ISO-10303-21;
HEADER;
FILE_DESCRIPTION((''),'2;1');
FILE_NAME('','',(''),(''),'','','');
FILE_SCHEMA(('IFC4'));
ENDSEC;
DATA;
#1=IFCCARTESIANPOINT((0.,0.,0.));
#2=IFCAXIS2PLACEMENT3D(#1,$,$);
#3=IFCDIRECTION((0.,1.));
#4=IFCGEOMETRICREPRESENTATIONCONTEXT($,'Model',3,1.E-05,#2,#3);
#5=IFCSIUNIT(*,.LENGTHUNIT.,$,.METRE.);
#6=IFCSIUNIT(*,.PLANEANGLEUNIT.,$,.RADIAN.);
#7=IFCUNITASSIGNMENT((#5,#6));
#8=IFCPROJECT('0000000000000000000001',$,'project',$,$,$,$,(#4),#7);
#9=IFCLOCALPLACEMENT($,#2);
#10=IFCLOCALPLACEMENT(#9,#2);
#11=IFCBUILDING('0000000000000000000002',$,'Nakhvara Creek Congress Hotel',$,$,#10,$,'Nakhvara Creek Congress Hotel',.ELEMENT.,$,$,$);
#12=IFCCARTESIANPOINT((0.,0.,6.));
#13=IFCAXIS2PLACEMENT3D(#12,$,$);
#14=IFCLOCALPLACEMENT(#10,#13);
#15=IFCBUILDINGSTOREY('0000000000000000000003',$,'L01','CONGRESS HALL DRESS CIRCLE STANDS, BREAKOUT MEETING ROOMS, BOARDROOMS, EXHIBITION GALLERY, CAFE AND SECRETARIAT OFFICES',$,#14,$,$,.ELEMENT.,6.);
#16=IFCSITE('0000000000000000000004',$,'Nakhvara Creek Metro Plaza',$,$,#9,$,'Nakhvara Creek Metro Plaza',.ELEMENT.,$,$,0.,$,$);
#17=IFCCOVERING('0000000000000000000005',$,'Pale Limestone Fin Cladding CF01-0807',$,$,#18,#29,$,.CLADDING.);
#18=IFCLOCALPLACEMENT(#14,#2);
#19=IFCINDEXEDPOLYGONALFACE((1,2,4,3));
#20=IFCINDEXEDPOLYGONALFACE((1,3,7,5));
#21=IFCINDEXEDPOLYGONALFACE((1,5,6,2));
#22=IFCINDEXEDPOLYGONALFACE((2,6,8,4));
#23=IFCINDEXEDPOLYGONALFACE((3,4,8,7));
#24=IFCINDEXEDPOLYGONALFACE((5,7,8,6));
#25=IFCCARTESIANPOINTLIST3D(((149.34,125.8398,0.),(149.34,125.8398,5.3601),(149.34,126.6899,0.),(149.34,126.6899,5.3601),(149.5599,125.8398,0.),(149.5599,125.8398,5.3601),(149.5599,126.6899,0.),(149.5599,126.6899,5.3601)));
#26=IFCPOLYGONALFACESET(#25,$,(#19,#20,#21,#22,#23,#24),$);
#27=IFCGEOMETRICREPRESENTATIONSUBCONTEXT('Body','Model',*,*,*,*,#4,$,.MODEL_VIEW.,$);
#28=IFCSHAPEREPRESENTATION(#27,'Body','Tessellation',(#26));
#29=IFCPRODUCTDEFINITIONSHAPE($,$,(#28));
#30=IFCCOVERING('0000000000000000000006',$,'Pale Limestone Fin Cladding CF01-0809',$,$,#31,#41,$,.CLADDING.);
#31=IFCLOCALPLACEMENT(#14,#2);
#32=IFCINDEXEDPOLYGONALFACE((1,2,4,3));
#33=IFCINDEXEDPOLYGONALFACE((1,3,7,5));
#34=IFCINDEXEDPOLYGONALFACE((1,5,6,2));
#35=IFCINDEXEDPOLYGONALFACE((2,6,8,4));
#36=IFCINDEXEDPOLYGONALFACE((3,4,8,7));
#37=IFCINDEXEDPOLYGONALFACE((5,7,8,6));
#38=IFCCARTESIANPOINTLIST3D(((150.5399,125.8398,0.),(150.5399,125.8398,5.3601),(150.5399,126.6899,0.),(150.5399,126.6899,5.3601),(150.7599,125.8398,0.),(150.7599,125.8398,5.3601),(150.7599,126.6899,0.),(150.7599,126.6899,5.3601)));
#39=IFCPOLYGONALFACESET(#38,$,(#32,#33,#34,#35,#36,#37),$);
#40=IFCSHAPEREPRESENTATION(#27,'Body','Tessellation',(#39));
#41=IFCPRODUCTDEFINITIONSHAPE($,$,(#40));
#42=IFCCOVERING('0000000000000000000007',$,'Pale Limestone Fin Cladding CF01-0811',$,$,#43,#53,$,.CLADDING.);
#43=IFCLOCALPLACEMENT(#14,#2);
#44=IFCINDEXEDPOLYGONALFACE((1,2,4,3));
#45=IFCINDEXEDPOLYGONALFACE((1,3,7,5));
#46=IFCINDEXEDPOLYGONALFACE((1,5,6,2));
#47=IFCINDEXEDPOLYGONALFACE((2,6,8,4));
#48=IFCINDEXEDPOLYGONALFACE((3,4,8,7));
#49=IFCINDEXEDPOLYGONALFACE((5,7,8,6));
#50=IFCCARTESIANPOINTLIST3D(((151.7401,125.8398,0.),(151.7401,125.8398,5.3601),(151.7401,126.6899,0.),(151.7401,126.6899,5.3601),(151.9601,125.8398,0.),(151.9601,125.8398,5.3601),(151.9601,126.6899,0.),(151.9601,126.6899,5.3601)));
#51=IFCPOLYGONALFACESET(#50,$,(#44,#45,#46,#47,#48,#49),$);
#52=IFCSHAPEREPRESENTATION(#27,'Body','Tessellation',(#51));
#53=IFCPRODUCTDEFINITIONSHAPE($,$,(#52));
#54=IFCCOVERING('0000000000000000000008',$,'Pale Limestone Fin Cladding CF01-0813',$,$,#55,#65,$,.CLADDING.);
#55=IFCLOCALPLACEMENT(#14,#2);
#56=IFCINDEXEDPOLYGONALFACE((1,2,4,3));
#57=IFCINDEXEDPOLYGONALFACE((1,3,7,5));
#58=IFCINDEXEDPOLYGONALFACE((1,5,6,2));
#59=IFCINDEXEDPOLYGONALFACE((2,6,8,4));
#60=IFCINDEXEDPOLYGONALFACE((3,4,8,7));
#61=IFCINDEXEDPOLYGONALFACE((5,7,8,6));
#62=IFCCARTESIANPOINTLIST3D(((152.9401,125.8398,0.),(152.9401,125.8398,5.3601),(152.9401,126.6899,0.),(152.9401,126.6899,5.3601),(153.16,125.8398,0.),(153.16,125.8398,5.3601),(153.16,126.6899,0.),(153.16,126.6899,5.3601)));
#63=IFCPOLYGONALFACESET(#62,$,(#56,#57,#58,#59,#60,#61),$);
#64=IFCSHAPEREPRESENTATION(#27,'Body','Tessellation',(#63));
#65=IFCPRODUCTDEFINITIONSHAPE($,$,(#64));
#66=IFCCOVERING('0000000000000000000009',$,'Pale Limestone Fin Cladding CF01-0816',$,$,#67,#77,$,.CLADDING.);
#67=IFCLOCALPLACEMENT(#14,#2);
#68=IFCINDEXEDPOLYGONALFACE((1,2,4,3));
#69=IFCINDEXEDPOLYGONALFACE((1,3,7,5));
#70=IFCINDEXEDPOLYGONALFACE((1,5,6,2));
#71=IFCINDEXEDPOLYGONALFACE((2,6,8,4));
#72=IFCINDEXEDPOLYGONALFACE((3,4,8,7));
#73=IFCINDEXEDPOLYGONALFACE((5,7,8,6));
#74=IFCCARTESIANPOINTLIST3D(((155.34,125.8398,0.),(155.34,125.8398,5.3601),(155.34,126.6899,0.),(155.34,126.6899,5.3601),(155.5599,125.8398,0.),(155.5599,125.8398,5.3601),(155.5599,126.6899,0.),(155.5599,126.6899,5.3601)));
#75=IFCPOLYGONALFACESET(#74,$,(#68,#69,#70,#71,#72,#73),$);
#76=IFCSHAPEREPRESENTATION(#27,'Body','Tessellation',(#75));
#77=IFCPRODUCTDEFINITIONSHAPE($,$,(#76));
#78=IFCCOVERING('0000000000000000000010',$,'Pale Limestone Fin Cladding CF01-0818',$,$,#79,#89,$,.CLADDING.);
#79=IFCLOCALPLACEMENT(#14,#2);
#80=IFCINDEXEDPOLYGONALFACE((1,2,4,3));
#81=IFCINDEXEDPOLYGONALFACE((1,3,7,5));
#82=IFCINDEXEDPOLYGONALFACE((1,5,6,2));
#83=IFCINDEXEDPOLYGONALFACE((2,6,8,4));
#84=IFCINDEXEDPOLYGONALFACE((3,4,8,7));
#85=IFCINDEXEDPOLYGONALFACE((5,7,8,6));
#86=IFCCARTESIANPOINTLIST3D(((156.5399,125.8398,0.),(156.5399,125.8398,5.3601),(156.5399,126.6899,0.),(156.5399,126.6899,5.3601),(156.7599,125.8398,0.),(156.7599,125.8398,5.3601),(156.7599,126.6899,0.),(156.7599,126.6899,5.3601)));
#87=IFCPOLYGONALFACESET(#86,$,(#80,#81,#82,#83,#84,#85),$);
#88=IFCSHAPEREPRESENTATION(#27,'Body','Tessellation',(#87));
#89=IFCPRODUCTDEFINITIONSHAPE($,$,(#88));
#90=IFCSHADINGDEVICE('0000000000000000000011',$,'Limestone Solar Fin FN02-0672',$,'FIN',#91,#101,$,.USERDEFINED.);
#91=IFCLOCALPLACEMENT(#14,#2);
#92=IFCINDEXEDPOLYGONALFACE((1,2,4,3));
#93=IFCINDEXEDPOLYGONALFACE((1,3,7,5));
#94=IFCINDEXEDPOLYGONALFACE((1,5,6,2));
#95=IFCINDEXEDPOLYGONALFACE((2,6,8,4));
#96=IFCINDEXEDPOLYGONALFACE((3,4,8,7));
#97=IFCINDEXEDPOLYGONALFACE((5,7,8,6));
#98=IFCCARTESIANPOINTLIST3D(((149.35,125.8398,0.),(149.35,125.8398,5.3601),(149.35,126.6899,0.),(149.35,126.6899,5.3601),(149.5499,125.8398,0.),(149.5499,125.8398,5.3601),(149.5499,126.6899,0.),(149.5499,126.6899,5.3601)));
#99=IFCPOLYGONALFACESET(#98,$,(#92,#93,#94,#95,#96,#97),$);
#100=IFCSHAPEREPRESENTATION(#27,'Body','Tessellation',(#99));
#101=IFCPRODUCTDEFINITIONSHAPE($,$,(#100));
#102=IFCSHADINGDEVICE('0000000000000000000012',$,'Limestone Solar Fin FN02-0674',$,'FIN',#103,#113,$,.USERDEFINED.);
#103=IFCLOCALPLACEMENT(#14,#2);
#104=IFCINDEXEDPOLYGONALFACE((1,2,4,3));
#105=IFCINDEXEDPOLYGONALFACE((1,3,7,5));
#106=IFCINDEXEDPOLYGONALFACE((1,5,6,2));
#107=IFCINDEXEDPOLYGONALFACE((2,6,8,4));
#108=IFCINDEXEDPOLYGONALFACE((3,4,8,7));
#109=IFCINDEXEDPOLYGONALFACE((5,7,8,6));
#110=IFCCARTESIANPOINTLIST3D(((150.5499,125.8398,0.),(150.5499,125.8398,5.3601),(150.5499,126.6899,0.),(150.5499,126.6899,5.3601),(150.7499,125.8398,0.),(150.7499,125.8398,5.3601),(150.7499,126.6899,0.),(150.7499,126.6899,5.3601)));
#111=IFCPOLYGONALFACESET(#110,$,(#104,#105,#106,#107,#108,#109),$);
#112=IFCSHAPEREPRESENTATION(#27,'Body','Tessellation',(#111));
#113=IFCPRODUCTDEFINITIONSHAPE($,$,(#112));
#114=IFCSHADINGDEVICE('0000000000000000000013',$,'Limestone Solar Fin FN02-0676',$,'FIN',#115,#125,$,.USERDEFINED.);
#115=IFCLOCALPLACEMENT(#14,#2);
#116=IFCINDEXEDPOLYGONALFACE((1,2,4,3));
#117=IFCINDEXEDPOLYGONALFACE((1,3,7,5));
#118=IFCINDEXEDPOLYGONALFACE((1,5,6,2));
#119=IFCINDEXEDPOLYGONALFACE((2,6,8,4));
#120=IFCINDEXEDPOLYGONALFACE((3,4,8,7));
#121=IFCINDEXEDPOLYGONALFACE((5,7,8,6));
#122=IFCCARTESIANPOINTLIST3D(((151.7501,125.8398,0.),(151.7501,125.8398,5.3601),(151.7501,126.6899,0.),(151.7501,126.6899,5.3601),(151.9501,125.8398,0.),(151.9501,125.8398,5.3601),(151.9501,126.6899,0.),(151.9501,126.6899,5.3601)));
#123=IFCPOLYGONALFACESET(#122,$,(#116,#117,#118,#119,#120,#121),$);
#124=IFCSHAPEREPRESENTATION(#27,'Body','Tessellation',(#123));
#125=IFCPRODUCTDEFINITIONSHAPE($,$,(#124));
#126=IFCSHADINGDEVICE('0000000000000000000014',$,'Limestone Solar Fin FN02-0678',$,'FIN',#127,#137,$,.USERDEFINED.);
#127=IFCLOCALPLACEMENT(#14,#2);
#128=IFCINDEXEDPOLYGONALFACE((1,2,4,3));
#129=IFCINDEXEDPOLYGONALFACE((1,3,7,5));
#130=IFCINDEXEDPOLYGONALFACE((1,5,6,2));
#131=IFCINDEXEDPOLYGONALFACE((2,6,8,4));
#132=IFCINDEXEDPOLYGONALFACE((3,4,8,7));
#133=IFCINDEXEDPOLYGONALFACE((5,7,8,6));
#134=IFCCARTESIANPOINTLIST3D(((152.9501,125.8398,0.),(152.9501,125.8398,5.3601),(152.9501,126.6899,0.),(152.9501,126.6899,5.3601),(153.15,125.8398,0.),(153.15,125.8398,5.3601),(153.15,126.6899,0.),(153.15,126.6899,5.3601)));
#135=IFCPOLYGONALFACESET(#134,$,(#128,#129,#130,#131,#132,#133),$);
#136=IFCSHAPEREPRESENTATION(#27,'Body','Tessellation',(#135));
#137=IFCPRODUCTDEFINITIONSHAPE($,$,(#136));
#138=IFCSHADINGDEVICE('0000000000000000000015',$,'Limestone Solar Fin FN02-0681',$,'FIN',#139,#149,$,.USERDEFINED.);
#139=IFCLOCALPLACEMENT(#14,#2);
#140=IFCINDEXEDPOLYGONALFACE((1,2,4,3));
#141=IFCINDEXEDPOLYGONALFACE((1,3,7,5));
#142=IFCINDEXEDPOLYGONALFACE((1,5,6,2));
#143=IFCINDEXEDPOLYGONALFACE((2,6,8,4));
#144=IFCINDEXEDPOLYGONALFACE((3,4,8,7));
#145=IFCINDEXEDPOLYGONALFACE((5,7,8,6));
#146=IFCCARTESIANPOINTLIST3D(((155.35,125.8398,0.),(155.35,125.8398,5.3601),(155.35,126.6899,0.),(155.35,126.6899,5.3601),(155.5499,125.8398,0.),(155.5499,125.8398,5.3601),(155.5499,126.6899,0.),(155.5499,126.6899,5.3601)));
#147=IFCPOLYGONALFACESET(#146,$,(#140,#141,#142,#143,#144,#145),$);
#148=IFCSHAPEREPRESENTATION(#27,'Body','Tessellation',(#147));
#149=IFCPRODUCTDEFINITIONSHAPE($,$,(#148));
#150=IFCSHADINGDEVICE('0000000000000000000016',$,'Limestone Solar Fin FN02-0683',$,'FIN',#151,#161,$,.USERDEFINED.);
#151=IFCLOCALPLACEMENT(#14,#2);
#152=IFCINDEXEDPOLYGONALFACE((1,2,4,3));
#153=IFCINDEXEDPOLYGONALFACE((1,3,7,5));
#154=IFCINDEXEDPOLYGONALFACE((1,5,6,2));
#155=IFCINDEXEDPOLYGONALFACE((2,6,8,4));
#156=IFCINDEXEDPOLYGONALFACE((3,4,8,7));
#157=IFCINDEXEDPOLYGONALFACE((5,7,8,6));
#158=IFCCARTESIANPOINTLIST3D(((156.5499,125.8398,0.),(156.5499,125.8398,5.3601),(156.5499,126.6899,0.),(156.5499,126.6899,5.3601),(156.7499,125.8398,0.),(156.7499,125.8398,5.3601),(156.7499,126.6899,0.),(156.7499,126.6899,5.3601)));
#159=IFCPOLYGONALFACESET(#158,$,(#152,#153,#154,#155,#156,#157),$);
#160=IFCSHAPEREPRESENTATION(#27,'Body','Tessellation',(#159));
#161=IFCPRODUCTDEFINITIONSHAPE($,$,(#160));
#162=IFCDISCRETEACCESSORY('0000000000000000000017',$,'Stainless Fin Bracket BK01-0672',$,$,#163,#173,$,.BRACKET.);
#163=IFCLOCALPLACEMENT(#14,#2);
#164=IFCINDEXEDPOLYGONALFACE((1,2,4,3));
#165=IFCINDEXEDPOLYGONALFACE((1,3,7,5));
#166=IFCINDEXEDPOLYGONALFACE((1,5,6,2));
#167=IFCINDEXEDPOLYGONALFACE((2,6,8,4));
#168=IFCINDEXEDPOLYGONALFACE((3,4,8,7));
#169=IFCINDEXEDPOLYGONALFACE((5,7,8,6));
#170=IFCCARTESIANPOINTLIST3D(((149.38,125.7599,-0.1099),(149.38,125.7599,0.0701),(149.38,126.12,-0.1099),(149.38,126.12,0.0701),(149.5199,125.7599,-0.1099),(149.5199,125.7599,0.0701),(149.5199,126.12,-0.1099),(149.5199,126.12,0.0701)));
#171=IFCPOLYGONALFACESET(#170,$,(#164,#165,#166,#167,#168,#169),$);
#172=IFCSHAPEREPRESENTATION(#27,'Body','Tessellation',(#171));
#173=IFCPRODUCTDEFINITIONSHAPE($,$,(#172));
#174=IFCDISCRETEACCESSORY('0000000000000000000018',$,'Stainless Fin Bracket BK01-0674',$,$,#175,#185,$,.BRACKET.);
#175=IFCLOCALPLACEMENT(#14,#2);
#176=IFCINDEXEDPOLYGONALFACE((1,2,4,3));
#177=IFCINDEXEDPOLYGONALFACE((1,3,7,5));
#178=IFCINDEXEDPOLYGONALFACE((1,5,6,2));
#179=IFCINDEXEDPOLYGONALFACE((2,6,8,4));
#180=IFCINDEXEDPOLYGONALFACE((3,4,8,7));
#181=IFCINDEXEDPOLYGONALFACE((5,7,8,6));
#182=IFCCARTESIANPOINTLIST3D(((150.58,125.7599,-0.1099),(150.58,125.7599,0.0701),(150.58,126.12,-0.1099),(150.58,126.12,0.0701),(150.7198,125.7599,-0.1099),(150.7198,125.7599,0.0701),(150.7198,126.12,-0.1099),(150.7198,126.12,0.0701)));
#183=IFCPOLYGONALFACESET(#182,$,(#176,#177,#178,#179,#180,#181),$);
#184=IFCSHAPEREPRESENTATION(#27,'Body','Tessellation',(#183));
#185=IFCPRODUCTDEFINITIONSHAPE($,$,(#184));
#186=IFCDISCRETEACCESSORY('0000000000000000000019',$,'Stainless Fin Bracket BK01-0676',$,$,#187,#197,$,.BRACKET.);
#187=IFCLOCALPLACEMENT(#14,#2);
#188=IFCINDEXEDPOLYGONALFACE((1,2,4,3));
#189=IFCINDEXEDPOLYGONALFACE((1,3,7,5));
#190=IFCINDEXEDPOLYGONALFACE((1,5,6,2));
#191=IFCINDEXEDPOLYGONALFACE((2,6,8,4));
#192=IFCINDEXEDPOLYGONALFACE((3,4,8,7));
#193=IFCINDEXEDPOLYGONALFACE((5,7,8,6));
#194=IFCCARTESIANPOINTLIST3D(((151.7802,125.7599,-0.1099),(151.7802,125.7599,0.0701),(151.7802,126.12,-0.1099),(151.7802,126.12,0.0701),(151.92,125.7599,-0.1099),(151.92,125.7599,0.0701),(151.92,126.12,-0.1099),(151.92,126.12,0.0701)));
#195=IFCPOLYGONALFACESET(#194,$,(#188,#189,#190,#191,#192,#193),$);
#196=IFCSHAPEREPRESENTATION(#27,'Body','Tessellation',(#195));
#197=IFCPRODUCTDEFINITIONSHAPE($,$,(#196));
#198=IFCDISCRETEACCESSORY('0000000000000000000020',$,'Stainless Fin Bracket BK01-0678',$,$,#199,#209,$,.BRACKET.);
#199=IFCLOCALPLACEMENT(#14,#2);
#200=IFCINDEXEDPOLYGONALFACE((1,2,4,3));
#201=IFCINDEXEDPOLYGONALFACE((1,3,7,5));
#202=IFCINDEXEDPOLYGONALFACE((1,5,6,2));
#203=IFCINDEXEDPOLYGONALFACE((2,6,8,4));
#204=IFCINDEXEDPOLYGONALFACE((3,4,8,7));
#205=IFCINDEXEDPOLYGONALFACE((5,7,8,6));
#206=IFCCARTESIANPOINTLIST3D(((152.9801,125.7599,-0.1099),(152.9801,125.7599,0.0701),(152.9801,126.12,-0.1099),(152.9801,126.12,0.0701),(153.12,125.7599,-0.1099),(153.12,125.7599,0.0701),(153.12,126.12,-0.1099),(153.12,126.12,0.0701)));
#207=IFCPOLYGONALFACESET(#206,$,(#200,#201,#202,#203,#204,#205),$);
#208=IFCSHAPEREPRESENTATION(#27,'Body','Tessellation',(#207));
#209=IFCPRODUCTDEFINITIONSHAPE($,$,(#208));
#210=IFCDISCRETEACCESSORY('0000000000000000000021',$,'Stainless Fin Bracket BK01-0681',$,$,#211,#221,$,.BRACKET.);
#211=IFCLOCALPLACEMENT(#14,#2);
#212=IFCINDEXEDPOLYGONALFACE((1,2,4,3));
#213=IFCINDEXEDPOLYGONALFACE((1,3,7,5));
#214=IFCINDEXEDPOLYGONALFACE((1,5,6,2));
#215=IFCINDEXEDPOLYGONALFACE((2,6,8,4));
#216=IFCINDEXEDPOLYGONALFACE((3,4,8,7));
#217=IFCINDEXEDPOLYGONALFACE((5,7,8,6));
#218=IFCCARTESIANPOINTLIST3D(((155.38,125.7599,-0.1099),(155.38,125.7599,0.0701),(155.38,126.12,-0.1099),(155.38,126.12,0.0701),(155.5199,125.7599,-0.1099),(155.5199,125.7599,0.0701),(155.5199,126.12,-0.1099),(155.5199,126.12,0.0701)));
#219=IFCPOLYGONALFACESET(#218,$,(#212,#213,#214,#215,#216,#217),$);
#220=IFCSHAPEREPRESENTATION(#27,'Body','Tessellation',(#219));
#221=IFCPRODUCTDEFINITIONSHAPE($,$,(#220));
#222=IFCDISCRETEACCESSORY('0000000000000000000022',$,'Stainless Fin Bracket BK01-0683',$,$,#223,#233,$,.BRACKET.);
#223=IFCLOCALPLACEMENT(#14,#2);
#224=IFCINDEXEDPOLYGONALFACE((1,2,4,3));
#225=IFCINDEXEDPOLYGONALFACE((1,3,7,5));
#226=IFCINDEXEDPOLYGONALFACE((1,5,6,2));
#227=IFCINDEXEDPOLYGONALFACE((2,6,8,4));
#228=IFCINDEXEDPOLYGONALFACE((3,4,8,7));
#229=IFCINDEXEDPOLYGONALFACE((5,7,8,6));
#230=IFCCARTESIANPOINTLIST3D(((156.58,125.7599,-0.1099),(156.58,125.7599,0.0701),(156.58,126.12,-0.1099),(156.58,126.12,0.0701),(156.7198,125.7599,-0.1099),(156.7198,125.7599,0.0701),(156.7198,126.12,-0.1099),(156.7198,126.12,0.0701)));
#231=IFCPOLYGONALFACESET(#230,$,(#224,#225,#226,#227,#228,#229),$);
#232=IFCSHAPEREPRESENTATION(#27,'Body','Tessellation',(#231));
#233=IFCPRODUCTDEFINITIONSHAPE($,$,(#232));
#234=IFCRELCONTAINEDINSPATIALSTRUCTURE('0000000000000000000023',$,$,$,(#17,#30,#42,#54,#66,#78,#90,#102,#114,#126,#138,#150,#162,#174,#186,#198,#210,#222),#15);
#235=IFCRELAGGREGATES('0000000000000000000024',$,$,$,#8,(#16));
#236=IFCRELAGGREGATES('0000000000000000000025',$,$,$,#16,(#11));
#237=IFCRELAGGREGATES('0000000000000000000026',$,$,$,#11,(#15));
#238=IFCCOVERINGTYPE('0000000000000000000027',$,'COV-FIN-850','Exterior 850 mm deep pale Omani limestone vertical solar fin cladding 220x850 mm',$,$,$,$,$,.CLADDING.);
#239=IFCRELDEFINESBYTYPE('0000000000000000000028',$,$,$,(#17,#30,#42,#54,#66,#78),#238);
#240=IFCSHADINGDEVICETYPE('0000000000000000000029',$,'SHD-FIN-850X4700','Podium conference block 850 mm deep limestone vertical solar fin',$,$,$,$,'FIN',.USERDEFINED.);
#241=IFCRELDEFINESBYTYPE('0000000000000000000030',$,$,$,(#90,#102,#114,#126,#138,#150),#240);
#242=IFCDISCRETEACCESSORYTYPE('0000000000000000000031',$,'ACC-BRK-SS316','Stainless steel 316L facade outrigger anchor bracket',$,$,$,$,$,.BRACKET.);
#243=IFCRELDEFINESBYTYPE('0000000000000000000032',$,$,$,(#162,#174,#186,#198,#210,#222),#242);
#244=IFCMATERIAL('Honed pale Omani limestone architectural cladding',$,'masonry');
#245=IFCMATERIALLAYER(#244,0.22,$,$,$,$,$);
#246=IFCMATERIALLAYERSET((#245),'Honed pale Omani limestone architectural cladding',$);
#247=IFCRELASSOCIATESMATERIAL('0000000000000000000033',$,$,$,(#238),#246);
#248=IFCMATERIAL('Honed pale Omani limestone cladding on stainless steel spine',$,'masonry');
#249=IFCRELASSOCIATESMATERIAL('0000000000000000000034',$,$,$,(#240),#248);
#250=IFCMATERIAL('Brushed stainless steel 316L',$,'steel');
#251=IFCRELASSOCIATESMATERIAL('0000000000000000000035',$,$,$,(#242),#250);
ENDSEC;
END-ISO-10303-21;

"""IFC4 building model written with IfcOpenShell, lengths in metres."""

from ifc_helpers import new_model, si_unit, direction, frame, origin, origin_2d, place, context, subcontext, project, spatial, rectangle, extrude, material, layer, layer_set, type_object, element, save


model = new_model("IFC4")

# Units and contexts
model_context = context("Model", 3, precision=1e-05, world=origin(), true_north=direction((0.0, 1.0)))
body_context = subcontext(model_context, "Body", "Model", "MODEL_VIEW")
ifc_project = project(units=[si_unit("LENGTHUNIT", "METRE"), si_unit("PLANEANGLEUNIT", "RADIAN")], contexts=[model_context])

# Site, building, storey
site_placement = place(None, origin())
site = spatial("IfcSite", under=ifc_project, at=site_placement, Name="Nakhvara Creek Metro Plaza", LongName="Nakhvara Creek Metro Plaza", CompositionType="ELEMENT", RefElevation=0.0)
building_placement = place(site_placement, origin())
building = spatial("IfcBuilding", under=site, at=building_placement, Name="Nakhvara Creek Congress Hotel", LongName="Nakhvara Creek Congress Hotel", CompositionType="ELEMENT")
storey_placement = place(building_placement, frame((0.0, 0.0, 6.0)))
storey = spatial("IfcBuildingStorey", under=building, at=storey_placement, Name="L01", Description="CONGRESS HALL DRESS CIRCLE STANDS, BREAKOUT MEETING ROOMS, BOARDROOMS, EXHIBITION GALLERY, CAFE AND SECRETARIAT OFFICES", CompositionType="ELEMENT", Elevation=6.0)

# Coverings
ifc_material_1 = material(Name="Honed pale Omani limestone architectural cladding", Category="masonry")
ifc_layer_1 = layer(ifc_material_1, 0.22)
ifc_layer_set_1 = layer_set([ifc_layer_1], Name="Honed pale Omani limestone architectural cladding")
covering_type = type_object("IfcCoveringType", Name="COV-FIN-850", Description="Exterior 850 mm deep pale Omani limestone vertical solar fin cladding 220x850 mm", PredefinedType="CLADDING", material=ifc_layer_set_1)
for number, where, z_axis, x_axis, name in (
    (1, (149.45, 126.2649, 0.0), (0.0, 0.0, 1.0), (1.0, 0.0, 0.0), "Pale Limestone Fin Cladding CF01-0807"),
    (2, (150.6499, 126.2649, 0.0), (0.0, 0.0, 1.0), (1.0, 0.0, 0.0), "Pale Limestone Fin Cladding CF01-0809"),
    (3, (151.8501, 126.2649, 0.0), (0.0, 0.0, 1.0), (1.0, 0.0, 0.0), "Pale Limestone Fin Cladding CF01-0811"),
    (4, (153.05, 126.2649, 0.0), (0.0, 0.0, 1.0), (1.0, 0.0, 0.0), "Pale Limestone Fin Cladding CF01-0813"),
    (5, (155.45, 126.2649, 0.0), (0.0, 0.0, 1.0), (1.0, 0.0, 0.0), "Pale Limestone Fin Cladding CF01-0816"),
    (6, (156.6499, 126.2649, 0.0), (0.0, 0.0, 1.0), (1.0, 0.0, 0.0), "Pale Limestone Fin Cladding CF01-0818"),
):
    element("IfcCovering", number, at=place(storey_placement, frame(where, z_axis=z_axis, x_axis=x_axis)), inside=storey, type_object=covering_type, Name=name, PredefinedType="CLADDING", context=body_context, shape_type="SweptSolid", body=[
        extrude(rectangle(XDim=0.22, YDim=0.8501, at=origin_2d()), origin(), (0.0, 0.0, 1.0), 5.3601),
    ])

# Shading devices
ifc_material_2 = material(Name="Honed pale Omani limestone cladding on stainless steel spine", Category="masonry")
shading_device_type = type_object("IfcShadingDeviceType", Name="SHD-FIN-850X4700", Description="Podium conference block 850 mm deep limestone vertical solar fin", ElementType="FIN", PredefinedType="USERDEFINED", material=ifc_material_2)
for number, where, z_axis, x_axis, name in (
    (7, (149.45, 126.2649, 0.0), (0.0, 0.0, 1.0), (1.0, 0.0, 0.0), "Limestone Solar Fin FN02-0672"),
    (8, (150.6499, 126.2649, 0.0), (0.0, 0.0, 1.0), (1.0, 0.0, 0.0), "Limestone Solar Fin FN02-0674"),
    (9, (151.8501, 126.2649, 0.0), (0.0, 0.0, 1.0), (1.0, 0.0, 0.0), "Limestone Solar Fin FN02-0676"),
    (10, (153.05, 126.2649, 0.0), (0.0, 0.0, 1.0), (1.0, 0.0, 0.0), "Limestone Solar Fin FN02-0678"),
    (11, (155.45, 126.2649, 0.0), (0.0, 0.0, 1.0), (1.0, 0.0, 0.0), "Limestone Solar Fin FN02-0681"),
    (12, (156.6499, 126.2649, 0.0), (0.0, 0.0, 1.0), (1.0, 0.0, 0.0), "Limestone Solar Fin FN02-0683"),
):
    element("IfcShadingDevice", number, at=place(storey_placement, frame(where, z_axis=z_axis, x_axis=x_axis)), inside=storey, type_object=shading_device_type, Name=name, ObjectType="FIN", PredefinedType="USERDEFINED", context=body_context, shape_type="SweptSolid", body=[
        extrude(rectangle(XDim=0.2, YDim=0.8501, at=origin_2d()), origin(), (0.0, 0.0, 1.0), 5.3601),
    ])

# Discrete accessories
ifc_material_3 = material(Name="Brushed stainless steel 316L", Category="steel")
discrete_accessory_type = type_object("IfcDiscreteAccessoryType", Name="ACC-BRK-SS316", Description="Stainless steel 316L facade outrigger anchor bracket", PredefinedType="BRACKET", material=ifc_material_3)
for number, where, z_axis, x_axis, name in (
    (13, (149.45, 125.9399, -0.1099), (0.0, 0.0, 1.0), (1.0, 0.0, 0.0), "Stainless Fin Bracket BK01-0672"),
    (14, (150.6499, 125.9399, -0.1099), (0.0, 0.0, 1.0), (1.0, 0.0, 0.0), "Stainless Fin Bracket BK01-0674"),
    (15, (151.8501, 125.9399, -0.1099), (0.0, 0.0, 1.0), (1.0, 0.0, 0.0), "Stainless Fin Bracket BK01-0676"),
    (16, (153.05, 125.9399, -0.1099), (0.0, 0.0, 1.0), (1.0, 0.0, 0.0), "Stainless Fin Bracket BK01-0678"),
    (17, (155.45, 125.9399, -0.1099), (0.0, 0.0, 1.0), (1.0, 0.0, 0.0), "Stainless Fin Bracket BK01-0681"),
    (18, (156.6499, 125.9399, -0.1099), (0.0, 0.0, 1.0), (1.0, 0.0, 0.0), "Stainless Fin Bracket BK01-0683"),
):
    element("IfcDiscreteAccessory", number, at=place(storey_placement, frame(where, z_axis=z_axis, x_axis=x_axis)), inside=storey, type_object=discrete_accessory_type, Name=name, PredefinedType="BRACKET", context=body_context, shape_type="SweptSolid", body=[
        extrude(rectangle(XDim=0.1399, YDim=0.3601, at=origin_2d()), origin(), (0.0, 0.0, 1.0), 0.1799),
    ])

save(model, "model.ifc")
